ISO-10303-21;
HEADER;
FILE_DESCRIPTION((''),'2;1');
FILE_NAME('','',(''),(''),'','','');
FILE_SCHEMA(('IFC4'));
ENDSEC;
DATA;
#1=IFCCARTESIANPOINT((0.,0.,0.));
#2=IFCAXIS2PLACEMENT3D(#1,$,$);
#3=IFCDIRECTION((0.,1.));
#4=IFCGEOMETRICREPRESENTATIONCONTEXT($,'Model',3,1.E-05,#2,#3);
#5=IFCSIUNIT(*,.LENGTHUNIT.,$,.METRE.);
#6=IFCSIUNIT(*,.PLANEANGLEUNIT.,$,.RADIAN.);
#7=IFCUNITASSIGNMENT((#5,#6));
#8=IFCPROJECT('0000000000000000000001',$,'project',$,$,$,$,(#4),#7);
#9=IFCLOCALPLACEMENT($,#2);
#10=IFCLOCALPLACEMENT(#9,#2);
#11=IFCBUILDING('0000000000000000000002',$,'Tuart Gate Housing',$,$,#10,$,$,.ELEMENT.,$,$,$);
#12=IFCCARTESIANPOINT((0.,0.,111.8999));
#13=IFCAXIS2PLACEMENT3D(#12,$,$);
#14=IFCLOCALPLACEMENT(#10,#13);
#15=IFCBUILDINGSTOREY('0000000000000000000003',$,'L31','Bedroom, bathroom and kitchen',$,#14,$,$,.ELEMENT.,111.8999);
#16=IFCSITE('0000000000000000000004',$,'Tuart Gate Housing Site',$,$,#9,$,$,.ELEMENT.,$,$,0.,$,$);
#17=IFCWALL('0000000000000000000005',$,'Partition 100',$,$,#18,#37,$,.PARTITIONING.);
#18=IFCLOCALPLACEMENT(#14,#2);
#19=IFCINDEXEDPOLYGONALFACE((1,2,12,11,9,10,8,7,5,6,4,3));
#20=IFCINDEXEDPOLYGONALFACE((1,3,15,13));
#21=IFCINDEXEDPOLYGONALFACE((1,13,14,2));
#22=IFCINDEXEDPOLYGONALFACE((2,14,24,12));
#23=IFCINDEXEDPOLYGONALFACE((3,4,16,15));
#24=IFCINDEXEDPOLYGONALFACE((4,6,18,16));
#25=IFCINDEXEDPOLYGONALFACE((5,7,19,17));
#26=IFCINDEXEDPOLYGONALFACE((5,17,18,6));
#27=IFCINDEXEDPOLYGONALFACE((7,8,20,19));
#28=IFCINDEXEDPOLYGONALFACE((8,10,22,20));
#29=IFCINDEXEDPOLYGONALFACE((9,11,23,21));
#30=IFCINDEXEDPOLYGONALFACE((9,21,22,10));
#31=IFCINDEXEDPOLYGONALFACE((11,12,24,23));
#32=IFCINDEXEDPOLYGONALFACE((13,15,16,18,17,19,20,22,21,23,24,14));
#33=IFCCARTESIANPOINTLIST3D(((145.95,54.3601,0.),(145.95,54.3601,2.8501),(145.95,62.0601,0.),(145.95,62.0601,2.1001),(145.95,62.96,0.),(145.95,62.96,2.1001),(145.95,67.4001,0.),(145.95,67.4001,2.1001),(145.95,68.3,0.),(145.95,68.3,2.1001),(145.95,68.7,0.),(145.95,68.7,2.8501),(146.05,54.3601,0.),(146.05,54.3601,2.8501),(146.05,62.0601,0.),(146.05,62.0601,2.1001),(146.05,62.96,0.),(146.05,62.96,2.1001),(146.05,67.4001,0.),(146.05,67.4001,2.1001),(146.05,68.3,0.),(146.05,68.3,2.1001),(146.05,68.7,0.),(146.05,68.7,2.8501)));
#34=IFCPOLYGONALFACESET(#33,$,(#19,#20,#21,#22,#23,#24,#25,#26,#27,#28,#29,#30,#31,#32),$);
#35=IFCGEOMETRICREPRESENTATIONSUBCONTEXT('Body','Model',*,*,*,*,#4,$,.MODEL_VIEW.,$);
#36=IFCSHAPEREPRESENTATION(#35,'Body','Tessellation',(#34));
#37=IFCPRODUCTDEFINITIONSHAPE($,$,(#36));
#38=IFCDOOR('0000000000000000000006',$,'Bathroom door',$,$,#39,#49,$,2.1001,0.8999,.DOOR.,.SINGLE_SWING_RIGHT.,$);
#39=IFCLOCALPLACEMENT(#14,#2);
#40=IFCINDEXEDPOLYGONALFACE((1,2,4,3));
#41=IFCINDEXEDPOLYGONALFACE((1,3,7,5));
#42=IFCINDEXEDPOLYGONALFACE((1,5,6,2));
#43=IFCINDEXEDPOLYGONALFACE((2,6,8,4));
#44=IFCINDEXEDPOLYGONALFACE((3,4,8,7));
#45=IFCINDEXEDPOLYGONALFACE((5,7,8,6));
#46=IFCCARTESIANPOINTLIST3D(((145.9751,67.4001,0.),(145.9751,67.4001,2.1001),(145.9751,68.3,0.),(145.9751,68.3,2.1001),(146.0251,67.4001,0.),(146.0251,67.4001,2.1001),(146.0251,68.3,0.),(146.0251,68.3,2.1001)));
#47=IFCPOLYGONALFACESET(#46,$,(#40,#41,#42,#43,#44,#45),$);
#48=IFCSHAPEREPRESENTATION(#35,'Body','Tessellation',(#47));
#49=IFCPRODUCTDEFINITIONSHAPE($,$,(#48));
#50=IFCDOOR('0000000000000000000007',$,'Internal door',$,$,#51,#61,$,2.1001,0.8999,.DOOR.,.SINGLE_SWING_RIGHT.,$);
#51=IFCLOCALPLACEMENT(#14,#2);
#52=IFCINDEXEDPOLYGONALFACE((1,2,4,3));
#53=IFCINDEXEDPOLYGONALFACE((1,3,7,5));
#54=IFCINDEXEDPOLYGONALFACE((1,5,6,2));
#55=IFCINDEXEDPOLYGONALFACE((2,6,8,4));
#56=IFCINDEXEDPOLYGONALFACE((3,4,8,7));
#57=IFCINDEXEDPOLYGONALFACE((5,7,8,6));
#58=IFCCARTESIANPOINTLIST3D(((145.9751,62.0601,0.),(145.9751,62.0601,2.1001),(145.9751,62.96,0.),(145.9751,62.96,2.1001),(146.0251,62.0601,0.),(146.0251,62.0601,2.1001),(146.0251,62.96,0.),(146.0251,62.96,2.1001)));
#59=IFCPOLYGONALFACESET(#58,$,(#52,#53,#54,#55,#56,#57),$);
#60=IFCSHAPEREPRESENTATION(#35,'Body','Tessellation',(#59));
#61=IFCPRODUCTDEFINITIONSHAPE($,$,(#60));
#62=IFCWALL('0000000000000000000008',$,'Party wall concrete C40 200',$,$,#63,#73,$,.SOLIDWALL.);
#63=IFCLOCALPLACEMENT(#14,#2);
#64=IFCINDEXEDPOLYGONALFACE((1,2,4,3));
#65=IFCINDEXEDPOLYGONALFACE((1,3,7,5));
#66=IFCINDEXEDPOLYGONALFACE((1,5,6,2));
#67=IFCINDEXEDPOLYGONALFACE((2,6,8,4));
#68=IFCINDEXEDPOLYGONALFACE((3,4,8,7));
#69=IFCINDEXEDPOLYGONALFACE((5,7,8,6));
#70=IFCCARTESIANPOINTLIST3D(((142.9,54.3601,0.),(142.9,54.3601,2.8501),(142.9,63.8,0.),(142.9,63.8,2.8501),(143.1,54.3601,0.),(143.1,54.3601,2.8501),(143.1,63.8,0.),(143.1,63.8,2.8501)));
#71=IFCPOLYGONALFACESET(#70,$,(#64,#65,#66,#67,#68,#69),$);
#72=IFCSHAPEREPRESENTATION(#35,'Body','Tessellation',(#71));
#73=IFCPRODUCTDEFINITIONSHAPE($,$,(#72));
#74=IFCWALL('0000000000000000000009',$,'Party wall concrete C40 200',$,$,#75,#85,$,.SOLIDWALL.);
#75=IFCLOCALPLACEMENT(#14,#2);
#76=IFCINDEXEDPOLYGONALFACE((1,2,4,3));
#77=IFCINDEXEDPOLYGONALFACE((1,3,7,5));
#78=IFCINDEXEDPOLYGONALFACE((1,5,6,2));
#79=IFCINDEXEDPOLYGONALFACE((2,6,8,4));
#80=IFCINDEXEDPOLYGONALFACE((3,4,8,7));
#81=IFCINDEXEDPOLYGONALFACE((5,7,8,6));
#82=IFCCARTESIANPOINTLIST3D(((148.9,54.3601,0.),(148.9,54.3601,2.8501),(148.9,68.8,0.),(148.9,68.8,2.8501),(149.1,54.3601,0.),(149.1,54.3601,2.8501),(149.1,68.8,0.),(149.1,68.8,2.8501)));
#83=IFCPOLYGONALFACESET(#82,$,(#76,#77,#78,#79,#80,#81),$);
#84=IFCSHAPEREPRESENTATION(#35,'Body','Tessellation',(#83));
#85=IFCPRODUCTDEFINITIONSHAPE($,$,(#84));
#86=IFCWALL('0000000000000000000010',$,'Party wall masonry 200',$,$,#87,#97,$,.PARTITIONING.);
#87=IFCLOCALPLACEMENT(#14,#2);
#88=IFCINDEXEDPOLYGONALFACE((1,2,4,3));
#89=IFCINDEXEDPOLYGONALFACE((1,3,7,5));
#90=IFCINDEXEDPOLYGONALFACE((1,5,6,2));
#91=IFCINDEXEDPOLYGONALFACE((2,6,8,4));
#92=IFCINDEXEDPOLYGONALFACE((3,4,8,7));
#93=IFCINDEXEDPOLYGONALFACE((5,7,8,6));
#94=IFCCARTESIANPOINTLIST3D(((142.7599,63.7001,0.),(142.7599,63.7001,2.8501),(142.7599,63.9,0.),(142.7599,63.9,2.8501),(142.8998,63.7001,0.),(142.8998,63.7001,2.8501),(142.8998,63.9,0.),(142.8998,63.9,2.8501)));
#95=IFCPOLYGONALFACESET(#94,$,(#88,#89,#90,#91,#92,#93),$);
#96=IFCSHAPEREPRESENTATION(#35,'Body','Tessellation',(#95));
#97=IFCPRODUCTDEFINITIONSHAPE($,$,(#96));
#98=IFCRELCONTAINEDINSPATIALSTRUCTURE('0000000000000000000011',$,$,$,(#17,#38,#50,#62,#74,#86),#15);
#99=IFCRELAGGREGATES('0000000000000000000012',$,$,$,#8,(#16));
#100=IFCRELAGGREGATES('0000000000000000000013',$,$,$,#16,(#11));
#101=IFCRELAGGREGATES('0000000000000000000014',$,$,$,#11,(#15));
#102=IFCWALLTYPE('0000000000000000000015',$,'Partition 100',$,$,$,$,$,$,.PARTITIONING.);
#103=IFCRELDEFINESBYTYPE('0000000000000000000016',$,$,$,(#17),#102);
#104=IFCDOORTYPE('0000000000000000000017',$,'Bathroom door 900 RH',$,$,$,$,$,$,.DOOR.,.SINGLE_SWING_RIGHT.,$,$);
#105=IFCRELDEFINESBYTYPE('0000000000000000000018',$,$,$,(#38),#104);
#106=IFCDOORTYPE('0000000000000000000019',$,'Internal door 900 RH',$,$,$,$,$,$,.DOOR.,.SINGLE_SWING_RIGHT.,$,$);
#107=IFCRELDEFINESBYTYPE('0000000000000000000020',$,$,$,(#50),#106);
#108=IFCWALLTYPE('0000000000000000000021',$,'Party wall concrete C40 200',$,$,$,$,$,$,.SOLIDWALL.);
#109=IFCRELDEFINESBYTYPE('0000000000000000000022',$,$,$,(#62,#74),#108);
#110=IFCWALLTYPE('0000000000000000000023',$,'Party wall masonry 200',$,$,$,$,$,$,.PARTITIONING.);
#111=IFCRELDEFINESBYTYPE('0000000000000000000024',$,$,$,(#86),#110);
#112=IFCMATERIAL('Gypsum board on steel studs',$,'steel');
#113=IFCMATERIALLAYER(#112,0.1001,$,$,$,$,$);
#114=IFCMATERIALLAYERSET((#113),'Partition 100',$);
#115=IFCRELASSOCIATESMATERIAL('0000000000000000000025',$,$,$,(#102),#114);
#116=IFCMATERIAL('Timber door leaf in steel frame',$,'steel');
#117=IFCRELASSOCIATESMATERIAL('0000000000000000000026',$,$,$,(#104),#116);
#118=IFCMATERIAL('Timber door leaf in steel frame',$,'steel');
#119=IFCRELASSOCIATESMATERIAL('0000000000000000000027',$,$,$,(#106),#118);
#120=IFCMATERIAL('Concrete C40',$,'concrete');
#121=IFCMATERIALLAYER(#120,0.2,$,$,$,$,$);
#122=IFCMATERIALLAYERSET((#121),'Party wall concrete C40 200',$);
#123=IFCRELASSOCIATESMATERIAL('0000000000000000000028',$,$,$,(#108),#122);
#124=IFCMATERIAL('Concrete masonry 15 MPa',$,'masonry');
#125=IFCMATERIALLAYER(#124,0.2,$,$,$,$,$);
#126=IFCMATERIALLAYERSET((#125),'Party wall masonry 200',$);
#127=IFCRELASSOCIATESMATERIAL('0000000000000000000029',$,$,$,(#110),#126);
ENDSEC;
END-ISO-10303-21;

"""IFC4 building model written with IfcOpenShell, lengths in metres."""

from ifc_helpers import new_model, si_unit, direction, frame, frame_2d, origin, place, context, subcontext, project, spatial, rectangle, extrude, material, layer, layer_set, type_object, element, fill, save


model = new_model("IFC4")

# Units and contexts
model_context = context("Model", 3, precision=1e-05, world=origin(), true_north=direction((0.0, 1.0)))
body_context = subcontext(model_context, "Body", "Model", "MODEL_VIEW")
ifc_project = project(units=[si_unit("LENGTHUNIT", "METRE"), si_unit("PLANEANGLEUNIT", "RADIAN")], contexts=[model_context])

# Site, building, storey
site_placement = place(None, origin())
site = spatial("IfcSite", under=ifc_project, at=site_placement, Name="Tuart Gate Housing Site", CompositionType="ELEMENT", RefElevation=0.0)
building_placement = place(site_placement, origin())
building = spatial("IfcBuilding", under=site, at=building_placement, Name="Tuart Gate Housing", CompositionType="ELEMENT")
storey_placement = place(building_placement, frame((0.0, 0.0, 111.8999)))
storey = spatial("IfcBuildingStorey", under=building, at=storey_placement, Name="L31", Description="Bedroom, bathroom and kitchen", CompositionType="ELEMENT", Elevation=111.8999)

# Shared definitions
ifc_material_1 = material(Name="Gypsum board on steel studs", Category="steel")
ifc_layer_1 = layer(ifc_material_1, 0.1001)
ifc_layer_set_1 = layer_set([ifc_layer_1], Name="Partition 100")
wall_type_1 = type_object("IfcWallType", Name="Partition 100", PredefinedType="PARTITIONING", material=ifc_layer_set_1)

# Wall, openings, doors
wall_1_placement = place(storey_placement, frame((146.0, 54.3601, 0.0), z_axis=(0.0, 0.0, 1.0), x_axis=(0.0, 1.0, 0.0)))
wall_1 = element("IfcWall", 1, at=wall_1_placement, inside=storey, type_object=wall_type_1, Name="Partition 100", PredefinedType="PARTITIONING", context=body_context, shape_type="SweptSolid", body=[
    extrude(rectangle(XDim=14.3398, YDim=0.1001, at=frame_2d((7.1699, 0.0))), origin(), (0.0, 0.0, 1.0), 2.8501),
])
opening_1_placement = place(wall_1_placement, frame((7.7, 0.0, 0.0)))
opening_1 = element("IfcOpeningElement", 2, at=opening_1_placement, cuts=wall_1, PredefinedType="OPENING", context=body_context, shape_type="SweptSolid", body=[
    extrude(rectangle(XDim=0.8999, YDim=2.1001, at=frame_2d((0.45, 1.05))), frame((0.0, 0.0601, 0.0), z_axis=(0.0, -1.0, 0.0), x_axis=(1.0, 0.0, 0.0)), (0.0, 0.0, 1.0), 0.1201),
])
opening_2_placement = place(wall_1_placement, frame((13.04, 0.0, 0.0)))
opening_2 = element("IfcOpeningElement", 3, at=opening_2_placement, cuts=wall_1, PredefinedType="OPENING", context=body_context, shape_type="SweptSolid", body=[
    extrude(rectangle(XDim=0.8999, YDim=2.1001, at=frame_2d((0.45, 1.05))), frame((0.0, 0.0601, 0.0), z_axis=(0.0, -1.0, 0.0), x_axis=(1.0, 0.0, 0.0)), (0.0, 0.0, 1.0), 0.1201),
])
ifc_material_2 = material(Name="Timber door leaf in steel frame", Category="steel")
door_type_1 = type_object("IfcDoorType", Name="Bathroom door 900 RH", OperationType="SINGLE_SWING_RIGHT", PredefinedType="DOOR", material=ifc_material_2)
door_1_placement = place(opening_2_placement, origin())
door_1 = element("IfcDoor", 4, at=door_1_placement, inside=storey, type_object=door_type_1, Name="Bathroom door", OperationType="SINGLE_SWING_RIGHT", OverallHeight=2.1001, OverallWidth=0.8999, PredefinedType="DOOR", context=body_context, shape_type="SweptSolid", body=[
    extrude(rectangle(XDim=0.8999, YDim=2.1001, at=frame_2d((0.45, 1.05))), frame((0.0, 0.0249, 0.0), z_axis=(0.0, -1.0, 0.0), x_axis=(1.0, 0.0, 0.0)), (0.0, 0.0, 1.0), 0.05),
])
fill(opening_2, door_1)
ifc_material_3 = material(Name="Timber door leaf in steel frame", Category="steel")
door_type_2 = type_object("IfcDoorType", Name="Internal door 900 RH", OperationType="SINGLE_SWING_RIGHT", PredefinedType="DOOR", material=ifc_material_3)
door_2_placement = place(opening_1_placement, origin())
door_2 = element("IfcDoor", 5, at=door_2_placement, inside=storey, type_object=door_type_2, Name="Internal door", OperationType="SINGLE_SWING_RIGHT", OverallHeight=2.1001, OverallWidth=0.8999, PredefinedType="DOOR", context=body_context, shape_type="SweptSolid", body=[
    extrude(rectangle(XDim=0.8999, YDim=2.1001, at=frame_2d((0.45, 1.05))), frame((0.0, 0.0249, 0.0), z_axis=(0.0, -1.0, 0.0), x_axis=(1.0, 0.0, 0.0)), (0.0, 0.0, 1.0), 0.05),
])
fill(opening_1, door_2)

# Walls
ifc_material_4 = material(Name="Concrete C40", Category="concrete")
ifc_layer_2 = layer(ifc_material_4, 0.2)
ifc_layer_set_2 = layer_set([ifc_layer_2], Name="Party wall concrete C40 200")
wall_type_2 = type_object("IfcWallType", Name="Party wall concrete C40 200", PredefinedType="SOLIDWALL", material=ifc_layer_set_2)
wall_2_placement = place(storey_placement, frame((143.0, 54.3601, 0.0), z_axis=(0.0, 0.0, 1.0), x_axis=(0.0, 1.0, 0.0)))
element("IfcWall", 6, at=wall_2_placement, inside=storey, type_object=wall_type_2, Name="Party wall concrete C40 200", PredefinedType="SOLIDWALL", context=body_context, shape_type="SweptSolid", body=[
    extrude(rectangle(XDim=9.4399, YDim=0.2, at=frame_2d((4.72, 0.0))), origin(), (0.0, 0.0, 1.0), 2.8501),
])
wall_3_placement = place(storey_placement, frame((149.0, 54.3601, 0.0), z_axis=(0.0, 0.0, 1.0), x_axis=(0.0, 1.0, 0.0)))
element("IfcWall", 7, at=wall_3_placement, inside=storey, type_object=wall_type_2, Name="Party wall concrete C40 200", PredefinedType="SOLIDWALL", context=body_context, shape_type="SweptSolid", body=[
    extrude(rectangle(XDim=14.4399, YDim=0.2, at=frame_2d((7.22, 0.0))), origin(), (0.0, 0.0, 1.0), 2.8501),
])
ifc_material_5 = material(Name="Concrete masonry 15 MPa", Category="masonry")
ifc_layer_3 = layer(ifc_material_5, 0.2)
ifc_layer_set_3 = layer_set([ifc_layer_3], Name="Party wall masonry 200")
wall_type_3 = type_object("IfcWallType", Name="Party wall masonry 200", PredefinedType="PARTITIONING", material=ifc_layer_set_3)
wall_4_placement = place(storey_placement, frame((142.76, 63.8, 0.0), z_axis=(0.0, 0.0, 1.0), x_axis=(1.0, 0.0, 0.0)))
element("IfcWall", 8, at=wall_4_placement, inside=storey, type_object=wall_type_3, Name="Party wall masonry 200", PredefinedType="PARTITIONING", context=body_context, shape_type="SweptSolid", body=[
    extrude(rectangle(XDim=0.1399, YDim=0.2, at=frame_2d((0.0698, 0.0))), origin(), (0.0, 0.0, 1.0), 2.8501),
])

save(model, "model.ifc")
